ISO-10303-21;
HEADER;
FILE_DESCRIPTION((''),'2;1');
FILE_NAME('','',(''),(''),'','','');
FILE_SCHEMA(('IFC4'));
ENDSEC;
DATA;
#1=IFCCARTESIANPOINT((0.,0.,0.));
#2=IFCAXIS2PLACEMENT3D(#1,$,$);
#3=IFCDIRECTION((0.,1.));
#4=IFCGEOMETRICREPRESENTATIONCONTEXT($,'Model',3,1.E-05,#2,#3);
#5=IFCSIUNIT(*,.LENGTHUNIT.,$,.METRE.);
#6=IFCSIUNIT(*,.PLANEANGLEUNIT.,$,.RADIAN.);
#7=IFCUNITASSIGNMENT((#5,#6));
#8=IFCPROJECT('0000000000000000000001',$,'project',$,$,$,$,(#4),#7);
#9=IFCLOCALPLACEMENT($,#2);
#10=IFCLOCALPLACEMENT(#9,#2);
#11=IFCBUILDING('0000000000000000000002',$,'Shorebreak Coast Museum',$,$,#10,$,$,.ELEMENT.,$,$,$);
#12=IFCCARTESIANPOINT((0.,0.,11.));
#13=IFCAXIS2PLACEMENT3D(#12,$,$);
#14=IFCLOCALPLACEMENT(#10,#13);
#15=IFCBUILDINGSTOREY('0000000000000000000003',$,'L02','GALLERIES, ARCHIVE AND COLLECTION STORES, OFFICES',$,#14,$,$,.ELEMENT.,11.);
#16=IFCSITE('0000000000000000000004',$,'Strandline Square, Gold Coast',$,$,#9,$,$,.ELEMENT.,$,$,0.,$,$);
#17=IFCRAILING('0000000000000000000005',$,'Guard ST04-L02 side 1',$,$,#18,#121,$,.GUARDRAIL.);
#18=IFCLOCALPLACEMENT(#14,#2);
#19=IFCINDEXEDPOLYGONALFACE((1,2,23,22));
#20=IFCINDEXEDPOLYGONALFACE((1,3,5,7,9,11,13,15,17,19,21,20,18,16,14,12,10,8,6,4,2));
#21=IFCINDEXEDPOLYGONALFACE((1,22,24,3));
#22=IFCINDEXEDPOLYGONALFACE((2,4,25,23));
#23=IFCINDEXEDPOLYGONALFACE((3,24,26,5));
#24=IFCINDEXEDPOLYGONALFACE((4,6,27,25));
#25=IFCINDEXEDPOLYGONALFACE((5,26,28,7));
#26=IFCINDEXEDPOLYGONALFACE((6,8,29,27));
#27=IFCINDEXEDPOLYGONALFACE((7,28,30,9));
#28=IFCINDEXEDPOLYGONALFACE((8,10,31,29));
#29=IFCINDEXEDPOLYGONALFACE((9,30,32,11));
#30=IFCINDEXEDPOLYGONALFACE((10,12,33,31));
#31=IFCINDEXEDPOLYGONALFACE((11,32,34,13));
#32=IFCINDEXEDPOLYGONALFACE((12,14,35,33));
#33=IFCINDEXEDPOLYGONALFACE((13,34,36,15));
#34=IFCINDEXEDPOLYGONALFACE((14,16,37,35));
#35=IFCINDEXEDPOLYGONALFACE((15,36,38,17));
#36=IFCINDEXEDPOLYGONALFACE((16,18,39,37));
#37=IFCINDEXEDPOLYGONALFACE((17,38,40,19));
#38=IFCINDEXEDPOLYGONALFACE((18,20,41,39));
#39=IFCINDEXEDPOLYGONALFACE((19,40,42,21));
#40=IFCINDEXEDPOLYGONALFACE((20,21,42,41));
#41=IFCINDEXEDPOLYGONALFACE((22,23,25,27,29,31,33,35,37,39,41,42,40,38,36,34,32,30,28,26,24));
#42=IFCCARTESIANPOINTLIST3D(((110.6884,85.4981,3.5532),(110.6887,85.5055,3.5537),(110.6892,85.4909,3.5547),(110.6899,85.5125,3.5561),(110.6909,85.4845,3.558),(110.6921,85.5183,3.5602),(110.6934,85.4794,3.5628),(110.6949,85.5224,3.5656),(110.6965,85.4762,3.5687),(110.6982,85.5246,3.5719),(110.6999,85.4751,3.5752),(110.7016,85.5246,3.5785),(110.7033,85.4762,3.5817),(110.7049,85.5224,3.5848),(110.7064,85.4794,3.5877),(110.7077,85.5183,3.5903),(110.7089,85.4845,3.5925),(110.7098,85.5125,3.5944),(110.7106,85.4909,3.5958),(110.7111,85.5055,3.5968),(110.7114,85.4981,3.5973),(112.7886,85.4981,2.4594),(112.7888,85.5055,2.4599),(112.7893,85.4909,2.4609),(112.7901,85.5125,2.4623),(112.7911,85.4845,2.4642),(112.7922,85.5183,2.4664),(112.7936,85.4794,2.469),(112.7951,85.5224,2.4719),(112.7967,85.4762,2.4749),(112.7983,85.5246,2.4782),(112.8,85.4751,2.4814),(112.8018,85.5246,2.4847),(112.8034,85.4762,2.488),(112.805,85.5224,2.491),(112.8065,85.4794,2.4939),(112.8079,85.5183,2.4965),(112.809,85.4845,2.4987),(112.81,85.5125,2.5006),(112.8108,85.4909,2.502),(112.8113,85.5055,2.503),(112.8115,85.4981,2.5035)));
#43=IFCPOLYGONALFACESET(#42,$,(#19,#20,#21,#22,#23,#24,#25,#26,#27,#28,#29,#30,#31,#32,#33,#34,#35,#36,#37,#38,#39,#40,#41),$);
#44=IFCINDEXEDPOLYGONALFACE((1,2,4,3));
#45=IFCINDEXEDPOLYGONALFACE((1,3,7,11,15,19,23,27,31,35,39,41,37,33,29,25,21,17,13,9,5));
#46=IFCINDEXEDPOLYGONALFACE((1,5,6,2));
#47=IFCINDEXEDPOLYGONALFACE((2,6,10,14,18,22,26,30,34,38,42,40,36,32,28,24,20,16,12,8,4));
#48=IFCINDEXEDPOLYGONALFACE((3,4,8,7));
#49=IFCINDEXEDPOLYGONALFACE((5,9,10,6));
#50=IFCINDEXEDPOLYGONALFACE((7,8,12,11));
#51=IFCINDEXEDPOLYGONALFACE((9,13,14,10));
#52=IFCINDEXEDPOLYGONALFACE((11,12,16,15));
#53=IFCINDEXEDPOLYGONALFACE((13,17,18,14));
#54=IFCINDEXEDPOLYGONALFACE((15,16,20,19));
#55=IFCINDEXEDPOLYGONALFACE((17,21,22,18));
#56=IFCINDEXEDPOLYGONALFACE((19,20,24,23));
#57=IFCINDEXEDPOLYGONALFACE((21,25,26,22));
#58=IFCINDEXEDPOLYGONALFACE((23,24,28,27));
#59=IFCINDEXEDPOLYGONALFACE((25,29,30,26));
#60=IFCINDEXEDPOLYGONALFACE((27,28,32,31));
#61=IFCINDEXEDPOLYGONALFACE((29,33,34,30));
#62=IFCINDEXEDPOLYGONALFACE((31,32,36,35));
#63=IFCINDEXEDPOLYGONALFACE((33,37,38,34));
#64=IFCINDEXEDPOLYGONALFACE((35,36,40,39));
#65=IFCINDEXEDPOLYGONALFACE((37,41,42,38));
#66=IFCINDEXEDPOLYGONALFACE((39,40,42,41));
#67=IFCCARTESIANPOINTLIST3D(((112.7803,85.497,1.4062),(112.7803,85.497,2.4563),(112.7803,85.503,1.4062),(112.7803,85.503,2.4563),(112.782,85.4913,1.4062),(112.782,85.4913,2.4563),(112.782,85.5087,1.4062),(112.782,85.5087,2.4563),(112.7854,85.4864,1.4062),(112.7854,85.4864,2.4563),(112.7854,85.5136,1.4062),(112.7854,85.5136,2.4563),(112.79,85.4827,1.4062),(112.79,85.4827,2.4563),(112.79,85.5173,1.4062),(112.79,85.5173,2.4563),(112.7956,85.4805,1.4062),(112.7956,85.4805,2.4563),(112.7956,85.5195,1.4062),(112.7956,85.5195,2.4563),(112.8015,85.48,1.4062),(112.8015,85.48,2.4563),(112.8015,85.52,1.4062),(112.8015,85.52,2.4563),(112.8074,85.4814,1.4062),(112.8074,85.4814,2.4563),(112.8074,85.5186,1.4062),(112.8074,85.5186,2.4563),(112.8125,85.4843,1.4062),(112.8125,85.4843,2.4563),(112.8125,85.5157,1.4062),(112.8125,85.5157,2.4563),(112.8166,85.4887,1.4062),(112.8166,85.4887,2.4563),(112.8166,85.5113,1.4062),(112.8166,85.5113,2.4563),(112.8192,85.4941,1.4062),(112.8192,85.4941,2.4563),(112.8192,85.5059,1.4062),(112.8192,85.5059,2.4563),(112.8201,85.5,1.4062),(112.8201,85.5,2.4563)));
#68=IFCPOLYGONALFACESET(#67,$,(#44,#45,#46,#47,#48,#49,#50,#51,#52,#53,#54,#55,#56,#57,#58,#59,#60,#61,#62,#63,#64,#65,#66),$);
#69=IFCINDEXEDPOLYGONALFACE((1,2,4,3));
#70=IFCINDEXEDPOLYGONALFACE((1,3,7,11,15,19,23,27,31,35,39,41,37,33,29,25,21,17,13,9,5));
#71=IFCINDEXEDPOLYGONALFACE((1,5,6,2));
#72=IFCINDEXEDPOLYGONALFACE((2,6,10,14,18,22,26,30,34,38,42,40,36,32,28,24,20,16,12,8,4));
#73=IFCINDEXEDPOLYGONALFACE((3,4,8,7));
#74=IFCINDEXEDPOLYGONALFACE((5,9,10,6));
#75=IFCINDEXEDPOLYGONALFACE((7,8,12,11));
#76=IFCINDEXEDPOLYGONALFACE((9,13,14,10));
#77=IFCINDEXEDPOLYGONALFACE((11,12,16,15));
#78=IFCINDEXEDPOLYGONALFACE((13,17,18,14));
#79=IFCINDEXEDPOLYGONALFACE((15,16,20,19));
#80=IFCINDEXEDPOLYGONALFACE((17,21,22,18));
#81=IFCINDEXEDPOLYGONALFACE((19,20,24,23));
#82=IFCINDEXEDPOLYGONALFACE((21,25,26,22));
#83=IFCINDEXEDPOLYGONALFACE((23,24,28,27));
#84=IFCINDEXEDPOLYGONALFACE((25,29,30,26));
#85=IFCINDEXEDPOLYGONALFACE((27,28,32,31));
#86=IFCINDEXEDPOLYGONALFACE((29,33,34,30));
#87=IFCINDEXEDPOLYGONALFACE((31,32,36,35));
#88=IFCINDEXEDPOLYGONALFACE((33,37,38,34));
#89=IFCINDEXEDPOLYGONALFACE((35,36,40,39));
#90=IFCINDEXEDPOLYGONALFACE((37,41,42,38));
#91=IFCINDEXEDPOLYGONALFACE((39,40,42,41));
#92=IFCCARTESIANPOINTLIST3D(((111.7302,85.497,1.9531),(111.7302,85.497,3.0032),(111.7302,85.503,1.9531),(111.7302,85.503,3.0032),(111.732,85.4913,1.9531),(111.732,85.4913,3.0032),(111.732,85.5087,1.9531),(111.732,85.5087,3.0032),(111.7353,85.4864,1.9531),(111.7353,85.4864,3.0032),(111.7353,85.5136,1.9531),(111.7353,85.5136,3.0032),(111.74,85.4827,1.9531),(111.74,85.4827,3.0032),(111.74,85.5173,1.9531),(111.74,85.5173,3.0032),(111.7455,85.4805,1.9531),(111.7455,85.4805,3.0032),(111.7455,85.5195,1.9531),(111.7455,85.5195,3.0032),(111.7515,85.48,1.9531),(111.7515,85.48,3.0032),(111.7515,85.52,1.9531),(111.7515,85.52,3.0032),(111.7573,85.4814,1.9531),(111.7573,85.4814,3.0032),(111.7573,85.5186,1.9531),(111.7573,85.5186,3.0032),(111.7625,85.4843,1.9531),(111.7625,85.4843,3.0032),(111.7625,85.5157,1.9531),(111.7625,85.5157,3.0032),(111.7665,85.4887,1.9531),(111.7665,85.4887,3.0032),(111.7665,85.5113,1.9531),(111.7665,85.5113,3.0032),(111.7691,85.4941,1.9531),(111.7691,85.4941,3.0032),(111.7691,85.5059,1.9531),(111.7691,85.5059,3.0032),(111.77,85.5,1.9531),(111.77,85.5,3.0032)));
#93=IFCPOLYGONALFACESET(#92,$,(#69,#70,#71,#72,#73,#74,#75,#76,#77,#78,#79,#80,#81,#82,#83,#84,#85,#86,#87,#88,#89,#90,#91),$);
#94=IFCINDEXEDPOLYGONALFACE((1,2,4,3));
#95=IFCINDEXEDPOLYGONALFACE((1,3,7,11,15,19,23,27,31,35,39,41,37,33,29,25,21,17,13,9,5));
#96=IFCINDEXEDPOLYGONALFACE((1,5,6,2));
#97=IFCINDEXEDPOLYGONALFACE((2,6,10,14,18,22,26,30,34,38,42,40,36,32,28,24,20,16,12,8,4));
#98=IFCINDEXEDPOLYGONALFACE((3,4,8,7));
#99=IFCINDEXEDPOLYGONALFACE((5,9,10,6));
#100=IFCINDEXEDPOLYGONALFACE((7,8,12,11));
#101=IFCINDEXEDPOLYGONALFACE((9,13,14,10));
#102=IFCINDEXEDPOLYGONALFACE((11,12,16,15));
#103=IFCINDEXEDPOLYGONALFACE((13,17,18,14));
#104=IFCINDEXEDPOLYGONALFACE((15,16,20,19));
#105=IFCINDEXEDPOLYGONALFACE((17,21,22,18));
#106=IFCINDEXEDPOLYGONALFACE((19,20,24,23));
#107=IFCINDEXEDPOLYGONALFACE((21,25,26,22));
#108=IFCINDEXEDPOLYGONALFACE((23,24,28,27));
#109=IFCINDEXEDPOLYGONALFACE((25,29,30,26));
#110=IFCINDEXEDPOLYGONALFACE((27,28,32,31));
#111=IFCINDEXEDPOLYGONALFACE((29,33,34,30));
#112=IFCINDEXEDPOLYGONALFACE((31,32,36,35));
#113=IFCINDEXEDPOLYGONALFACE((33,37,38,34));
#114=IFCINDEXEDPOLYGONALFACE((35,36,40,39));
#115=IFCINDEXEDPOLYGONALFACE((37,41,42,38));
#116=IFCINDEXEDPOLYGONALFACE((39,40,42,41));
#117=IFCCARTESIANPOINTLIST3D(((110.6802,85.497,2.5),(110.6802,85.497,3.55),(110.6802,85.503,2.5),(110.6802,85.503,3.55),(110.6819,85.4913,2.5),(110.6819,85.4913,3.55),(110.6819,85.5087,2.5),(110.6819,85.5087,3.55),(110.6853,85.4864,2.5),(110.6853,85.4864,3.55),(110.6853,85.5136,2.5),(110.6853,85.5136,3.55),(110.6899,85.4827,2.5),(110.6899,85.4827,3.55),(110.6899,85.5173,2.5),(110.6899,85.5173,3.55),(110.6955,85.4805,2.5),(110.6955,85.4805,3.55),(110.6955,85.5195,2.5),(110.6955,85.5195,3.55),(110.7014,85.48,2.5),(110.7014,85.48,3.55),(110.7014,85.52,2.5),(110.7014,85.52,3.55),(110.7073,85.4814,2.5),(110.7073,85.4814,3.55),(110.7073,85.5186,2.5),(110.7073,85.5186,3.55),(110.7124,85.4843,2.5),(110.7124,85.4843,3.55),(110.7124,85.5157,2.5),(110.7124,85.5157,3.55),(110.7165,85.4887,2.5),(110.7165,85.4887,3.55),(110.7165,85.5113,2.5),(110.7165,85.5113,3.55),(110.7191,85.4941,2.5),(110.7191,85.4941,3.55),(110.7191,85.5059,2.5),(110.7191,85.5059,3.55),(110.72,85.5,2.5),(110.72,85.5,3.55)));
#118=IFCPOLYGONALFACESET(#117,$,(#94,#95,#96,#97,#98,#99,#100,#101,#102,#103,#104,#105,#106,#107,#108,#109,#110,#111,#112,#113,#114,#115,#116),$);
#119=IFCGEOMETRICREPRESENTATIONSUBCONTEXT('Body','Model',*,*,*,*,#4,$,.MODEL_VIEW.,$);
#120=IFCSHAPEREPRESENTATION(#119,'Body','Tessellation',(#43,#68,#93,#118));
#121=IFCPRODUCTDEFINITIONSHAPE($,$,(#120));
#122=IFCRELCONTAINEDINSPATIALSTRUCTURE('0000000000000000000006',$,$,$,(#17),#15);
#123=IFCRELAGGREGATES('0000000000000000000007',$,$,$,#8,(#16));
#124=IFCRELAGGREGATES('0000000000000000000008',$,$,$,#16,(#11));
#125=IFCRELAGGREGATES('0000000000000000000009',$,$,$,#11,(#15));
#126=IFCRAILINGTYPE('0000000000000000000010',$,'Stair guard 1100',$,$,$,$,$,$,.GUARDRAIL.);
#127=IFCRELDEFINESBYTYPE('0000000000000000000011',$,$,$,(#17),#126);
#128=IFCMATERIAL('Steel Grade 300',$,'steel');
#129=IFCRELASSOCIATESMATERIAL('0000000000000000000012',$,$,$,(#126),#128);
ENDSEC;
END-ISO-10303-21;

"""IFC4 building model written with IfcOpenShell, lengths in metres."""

from ifc_helpers import new_model, si_unit, direction, frame, origin, origin_2d, place, context, subcontext, project, spatial, circle, extrude, material, type_object, element, save


model = new_model("IFC4")

# Units and contexts
model_context = context("Model", 3, precision=1e-05, world=origin(), true_north=direction((0.0, 1.0)))
body_context = subcontext(model_context, "Body", "Model", "MODEL_VIEW")
ifc_project = project(units=[si_unit("LENGTHUNIT", "METRE"), si_unit("PLANEANGLEUNIT", "RADIAN")], contexts=[model_context])

# Site, building, storey
site_placement = place(None, origin())
site = spatial("IfcSite", under=ifc_project, at=site_placement, Name="Strandline Square, Gold Coast", CompositionType="ELEMENT", RefElevation=0.0)
building_placement = place(site_placement, origin())
building = spatial("IfcBuilding", under=site, at=building_placement, Name="Shorebreak Coast Museum", CompositionType="ELEMENT")
storey_placement = place(building_placement, frame((0.0, 0.0, 11.0)))
storey = spatial("IfcBuildingStorey", under=building, at=storey_placement, Name="L02", Description="GALLERIES, ARCHIVE AND COLLECTION STORES, OFFICES", CompositionType="ELEMENT", Elevation=11.0)

# Railing
ifc_material_1 = material(Name="Steel Grade 300", Category="steel")
railing_type_1 = type_object("IfcRailingType", Name="Stair guard 1100", PredefinedType="GUARDRAIL", material=ifc_material_1)
for number, where, name in (
    (1, (112.8, 85.5, 1.4062), "Guard ST04-L02 side 1"),
):
    element("IfcRailing", number, at=place(storey_placement, frame(where)), inside=storey, type_object=railing_type_1, Name=name, PredefinedType="GUARDRAIL", context=body_context, shape_type="SweptSolid", body=[
        extrude(circle(Radius=0.0249, at=origin_2d()), frame((0.0, 0.0, 1.0752), z_axis=(-0.886923, 0.0, 0.461918), x_axis=(0.0, -1.0, 0.0)), (0.0, 0.0, 1.0), 2.3679),
        extrude(circle(Radius=0.02, at=origin_2d()), origin(), (0.0, 0.0, 1.0), 1.05),
        extrude(circle(Radius=0.02, at=origin_2d()), frame((-1.05, 0.0, 0.5469)), (0.0, 0.0, 1.0), 1.05),
        extrude(circle(Radius=0.02, at=origin_2d()), frame((-2.1001, 0.0, 1.0938)), (0.0, 0.0, 1.0), 1.05),
    ])

save(model, "model.ifc")
